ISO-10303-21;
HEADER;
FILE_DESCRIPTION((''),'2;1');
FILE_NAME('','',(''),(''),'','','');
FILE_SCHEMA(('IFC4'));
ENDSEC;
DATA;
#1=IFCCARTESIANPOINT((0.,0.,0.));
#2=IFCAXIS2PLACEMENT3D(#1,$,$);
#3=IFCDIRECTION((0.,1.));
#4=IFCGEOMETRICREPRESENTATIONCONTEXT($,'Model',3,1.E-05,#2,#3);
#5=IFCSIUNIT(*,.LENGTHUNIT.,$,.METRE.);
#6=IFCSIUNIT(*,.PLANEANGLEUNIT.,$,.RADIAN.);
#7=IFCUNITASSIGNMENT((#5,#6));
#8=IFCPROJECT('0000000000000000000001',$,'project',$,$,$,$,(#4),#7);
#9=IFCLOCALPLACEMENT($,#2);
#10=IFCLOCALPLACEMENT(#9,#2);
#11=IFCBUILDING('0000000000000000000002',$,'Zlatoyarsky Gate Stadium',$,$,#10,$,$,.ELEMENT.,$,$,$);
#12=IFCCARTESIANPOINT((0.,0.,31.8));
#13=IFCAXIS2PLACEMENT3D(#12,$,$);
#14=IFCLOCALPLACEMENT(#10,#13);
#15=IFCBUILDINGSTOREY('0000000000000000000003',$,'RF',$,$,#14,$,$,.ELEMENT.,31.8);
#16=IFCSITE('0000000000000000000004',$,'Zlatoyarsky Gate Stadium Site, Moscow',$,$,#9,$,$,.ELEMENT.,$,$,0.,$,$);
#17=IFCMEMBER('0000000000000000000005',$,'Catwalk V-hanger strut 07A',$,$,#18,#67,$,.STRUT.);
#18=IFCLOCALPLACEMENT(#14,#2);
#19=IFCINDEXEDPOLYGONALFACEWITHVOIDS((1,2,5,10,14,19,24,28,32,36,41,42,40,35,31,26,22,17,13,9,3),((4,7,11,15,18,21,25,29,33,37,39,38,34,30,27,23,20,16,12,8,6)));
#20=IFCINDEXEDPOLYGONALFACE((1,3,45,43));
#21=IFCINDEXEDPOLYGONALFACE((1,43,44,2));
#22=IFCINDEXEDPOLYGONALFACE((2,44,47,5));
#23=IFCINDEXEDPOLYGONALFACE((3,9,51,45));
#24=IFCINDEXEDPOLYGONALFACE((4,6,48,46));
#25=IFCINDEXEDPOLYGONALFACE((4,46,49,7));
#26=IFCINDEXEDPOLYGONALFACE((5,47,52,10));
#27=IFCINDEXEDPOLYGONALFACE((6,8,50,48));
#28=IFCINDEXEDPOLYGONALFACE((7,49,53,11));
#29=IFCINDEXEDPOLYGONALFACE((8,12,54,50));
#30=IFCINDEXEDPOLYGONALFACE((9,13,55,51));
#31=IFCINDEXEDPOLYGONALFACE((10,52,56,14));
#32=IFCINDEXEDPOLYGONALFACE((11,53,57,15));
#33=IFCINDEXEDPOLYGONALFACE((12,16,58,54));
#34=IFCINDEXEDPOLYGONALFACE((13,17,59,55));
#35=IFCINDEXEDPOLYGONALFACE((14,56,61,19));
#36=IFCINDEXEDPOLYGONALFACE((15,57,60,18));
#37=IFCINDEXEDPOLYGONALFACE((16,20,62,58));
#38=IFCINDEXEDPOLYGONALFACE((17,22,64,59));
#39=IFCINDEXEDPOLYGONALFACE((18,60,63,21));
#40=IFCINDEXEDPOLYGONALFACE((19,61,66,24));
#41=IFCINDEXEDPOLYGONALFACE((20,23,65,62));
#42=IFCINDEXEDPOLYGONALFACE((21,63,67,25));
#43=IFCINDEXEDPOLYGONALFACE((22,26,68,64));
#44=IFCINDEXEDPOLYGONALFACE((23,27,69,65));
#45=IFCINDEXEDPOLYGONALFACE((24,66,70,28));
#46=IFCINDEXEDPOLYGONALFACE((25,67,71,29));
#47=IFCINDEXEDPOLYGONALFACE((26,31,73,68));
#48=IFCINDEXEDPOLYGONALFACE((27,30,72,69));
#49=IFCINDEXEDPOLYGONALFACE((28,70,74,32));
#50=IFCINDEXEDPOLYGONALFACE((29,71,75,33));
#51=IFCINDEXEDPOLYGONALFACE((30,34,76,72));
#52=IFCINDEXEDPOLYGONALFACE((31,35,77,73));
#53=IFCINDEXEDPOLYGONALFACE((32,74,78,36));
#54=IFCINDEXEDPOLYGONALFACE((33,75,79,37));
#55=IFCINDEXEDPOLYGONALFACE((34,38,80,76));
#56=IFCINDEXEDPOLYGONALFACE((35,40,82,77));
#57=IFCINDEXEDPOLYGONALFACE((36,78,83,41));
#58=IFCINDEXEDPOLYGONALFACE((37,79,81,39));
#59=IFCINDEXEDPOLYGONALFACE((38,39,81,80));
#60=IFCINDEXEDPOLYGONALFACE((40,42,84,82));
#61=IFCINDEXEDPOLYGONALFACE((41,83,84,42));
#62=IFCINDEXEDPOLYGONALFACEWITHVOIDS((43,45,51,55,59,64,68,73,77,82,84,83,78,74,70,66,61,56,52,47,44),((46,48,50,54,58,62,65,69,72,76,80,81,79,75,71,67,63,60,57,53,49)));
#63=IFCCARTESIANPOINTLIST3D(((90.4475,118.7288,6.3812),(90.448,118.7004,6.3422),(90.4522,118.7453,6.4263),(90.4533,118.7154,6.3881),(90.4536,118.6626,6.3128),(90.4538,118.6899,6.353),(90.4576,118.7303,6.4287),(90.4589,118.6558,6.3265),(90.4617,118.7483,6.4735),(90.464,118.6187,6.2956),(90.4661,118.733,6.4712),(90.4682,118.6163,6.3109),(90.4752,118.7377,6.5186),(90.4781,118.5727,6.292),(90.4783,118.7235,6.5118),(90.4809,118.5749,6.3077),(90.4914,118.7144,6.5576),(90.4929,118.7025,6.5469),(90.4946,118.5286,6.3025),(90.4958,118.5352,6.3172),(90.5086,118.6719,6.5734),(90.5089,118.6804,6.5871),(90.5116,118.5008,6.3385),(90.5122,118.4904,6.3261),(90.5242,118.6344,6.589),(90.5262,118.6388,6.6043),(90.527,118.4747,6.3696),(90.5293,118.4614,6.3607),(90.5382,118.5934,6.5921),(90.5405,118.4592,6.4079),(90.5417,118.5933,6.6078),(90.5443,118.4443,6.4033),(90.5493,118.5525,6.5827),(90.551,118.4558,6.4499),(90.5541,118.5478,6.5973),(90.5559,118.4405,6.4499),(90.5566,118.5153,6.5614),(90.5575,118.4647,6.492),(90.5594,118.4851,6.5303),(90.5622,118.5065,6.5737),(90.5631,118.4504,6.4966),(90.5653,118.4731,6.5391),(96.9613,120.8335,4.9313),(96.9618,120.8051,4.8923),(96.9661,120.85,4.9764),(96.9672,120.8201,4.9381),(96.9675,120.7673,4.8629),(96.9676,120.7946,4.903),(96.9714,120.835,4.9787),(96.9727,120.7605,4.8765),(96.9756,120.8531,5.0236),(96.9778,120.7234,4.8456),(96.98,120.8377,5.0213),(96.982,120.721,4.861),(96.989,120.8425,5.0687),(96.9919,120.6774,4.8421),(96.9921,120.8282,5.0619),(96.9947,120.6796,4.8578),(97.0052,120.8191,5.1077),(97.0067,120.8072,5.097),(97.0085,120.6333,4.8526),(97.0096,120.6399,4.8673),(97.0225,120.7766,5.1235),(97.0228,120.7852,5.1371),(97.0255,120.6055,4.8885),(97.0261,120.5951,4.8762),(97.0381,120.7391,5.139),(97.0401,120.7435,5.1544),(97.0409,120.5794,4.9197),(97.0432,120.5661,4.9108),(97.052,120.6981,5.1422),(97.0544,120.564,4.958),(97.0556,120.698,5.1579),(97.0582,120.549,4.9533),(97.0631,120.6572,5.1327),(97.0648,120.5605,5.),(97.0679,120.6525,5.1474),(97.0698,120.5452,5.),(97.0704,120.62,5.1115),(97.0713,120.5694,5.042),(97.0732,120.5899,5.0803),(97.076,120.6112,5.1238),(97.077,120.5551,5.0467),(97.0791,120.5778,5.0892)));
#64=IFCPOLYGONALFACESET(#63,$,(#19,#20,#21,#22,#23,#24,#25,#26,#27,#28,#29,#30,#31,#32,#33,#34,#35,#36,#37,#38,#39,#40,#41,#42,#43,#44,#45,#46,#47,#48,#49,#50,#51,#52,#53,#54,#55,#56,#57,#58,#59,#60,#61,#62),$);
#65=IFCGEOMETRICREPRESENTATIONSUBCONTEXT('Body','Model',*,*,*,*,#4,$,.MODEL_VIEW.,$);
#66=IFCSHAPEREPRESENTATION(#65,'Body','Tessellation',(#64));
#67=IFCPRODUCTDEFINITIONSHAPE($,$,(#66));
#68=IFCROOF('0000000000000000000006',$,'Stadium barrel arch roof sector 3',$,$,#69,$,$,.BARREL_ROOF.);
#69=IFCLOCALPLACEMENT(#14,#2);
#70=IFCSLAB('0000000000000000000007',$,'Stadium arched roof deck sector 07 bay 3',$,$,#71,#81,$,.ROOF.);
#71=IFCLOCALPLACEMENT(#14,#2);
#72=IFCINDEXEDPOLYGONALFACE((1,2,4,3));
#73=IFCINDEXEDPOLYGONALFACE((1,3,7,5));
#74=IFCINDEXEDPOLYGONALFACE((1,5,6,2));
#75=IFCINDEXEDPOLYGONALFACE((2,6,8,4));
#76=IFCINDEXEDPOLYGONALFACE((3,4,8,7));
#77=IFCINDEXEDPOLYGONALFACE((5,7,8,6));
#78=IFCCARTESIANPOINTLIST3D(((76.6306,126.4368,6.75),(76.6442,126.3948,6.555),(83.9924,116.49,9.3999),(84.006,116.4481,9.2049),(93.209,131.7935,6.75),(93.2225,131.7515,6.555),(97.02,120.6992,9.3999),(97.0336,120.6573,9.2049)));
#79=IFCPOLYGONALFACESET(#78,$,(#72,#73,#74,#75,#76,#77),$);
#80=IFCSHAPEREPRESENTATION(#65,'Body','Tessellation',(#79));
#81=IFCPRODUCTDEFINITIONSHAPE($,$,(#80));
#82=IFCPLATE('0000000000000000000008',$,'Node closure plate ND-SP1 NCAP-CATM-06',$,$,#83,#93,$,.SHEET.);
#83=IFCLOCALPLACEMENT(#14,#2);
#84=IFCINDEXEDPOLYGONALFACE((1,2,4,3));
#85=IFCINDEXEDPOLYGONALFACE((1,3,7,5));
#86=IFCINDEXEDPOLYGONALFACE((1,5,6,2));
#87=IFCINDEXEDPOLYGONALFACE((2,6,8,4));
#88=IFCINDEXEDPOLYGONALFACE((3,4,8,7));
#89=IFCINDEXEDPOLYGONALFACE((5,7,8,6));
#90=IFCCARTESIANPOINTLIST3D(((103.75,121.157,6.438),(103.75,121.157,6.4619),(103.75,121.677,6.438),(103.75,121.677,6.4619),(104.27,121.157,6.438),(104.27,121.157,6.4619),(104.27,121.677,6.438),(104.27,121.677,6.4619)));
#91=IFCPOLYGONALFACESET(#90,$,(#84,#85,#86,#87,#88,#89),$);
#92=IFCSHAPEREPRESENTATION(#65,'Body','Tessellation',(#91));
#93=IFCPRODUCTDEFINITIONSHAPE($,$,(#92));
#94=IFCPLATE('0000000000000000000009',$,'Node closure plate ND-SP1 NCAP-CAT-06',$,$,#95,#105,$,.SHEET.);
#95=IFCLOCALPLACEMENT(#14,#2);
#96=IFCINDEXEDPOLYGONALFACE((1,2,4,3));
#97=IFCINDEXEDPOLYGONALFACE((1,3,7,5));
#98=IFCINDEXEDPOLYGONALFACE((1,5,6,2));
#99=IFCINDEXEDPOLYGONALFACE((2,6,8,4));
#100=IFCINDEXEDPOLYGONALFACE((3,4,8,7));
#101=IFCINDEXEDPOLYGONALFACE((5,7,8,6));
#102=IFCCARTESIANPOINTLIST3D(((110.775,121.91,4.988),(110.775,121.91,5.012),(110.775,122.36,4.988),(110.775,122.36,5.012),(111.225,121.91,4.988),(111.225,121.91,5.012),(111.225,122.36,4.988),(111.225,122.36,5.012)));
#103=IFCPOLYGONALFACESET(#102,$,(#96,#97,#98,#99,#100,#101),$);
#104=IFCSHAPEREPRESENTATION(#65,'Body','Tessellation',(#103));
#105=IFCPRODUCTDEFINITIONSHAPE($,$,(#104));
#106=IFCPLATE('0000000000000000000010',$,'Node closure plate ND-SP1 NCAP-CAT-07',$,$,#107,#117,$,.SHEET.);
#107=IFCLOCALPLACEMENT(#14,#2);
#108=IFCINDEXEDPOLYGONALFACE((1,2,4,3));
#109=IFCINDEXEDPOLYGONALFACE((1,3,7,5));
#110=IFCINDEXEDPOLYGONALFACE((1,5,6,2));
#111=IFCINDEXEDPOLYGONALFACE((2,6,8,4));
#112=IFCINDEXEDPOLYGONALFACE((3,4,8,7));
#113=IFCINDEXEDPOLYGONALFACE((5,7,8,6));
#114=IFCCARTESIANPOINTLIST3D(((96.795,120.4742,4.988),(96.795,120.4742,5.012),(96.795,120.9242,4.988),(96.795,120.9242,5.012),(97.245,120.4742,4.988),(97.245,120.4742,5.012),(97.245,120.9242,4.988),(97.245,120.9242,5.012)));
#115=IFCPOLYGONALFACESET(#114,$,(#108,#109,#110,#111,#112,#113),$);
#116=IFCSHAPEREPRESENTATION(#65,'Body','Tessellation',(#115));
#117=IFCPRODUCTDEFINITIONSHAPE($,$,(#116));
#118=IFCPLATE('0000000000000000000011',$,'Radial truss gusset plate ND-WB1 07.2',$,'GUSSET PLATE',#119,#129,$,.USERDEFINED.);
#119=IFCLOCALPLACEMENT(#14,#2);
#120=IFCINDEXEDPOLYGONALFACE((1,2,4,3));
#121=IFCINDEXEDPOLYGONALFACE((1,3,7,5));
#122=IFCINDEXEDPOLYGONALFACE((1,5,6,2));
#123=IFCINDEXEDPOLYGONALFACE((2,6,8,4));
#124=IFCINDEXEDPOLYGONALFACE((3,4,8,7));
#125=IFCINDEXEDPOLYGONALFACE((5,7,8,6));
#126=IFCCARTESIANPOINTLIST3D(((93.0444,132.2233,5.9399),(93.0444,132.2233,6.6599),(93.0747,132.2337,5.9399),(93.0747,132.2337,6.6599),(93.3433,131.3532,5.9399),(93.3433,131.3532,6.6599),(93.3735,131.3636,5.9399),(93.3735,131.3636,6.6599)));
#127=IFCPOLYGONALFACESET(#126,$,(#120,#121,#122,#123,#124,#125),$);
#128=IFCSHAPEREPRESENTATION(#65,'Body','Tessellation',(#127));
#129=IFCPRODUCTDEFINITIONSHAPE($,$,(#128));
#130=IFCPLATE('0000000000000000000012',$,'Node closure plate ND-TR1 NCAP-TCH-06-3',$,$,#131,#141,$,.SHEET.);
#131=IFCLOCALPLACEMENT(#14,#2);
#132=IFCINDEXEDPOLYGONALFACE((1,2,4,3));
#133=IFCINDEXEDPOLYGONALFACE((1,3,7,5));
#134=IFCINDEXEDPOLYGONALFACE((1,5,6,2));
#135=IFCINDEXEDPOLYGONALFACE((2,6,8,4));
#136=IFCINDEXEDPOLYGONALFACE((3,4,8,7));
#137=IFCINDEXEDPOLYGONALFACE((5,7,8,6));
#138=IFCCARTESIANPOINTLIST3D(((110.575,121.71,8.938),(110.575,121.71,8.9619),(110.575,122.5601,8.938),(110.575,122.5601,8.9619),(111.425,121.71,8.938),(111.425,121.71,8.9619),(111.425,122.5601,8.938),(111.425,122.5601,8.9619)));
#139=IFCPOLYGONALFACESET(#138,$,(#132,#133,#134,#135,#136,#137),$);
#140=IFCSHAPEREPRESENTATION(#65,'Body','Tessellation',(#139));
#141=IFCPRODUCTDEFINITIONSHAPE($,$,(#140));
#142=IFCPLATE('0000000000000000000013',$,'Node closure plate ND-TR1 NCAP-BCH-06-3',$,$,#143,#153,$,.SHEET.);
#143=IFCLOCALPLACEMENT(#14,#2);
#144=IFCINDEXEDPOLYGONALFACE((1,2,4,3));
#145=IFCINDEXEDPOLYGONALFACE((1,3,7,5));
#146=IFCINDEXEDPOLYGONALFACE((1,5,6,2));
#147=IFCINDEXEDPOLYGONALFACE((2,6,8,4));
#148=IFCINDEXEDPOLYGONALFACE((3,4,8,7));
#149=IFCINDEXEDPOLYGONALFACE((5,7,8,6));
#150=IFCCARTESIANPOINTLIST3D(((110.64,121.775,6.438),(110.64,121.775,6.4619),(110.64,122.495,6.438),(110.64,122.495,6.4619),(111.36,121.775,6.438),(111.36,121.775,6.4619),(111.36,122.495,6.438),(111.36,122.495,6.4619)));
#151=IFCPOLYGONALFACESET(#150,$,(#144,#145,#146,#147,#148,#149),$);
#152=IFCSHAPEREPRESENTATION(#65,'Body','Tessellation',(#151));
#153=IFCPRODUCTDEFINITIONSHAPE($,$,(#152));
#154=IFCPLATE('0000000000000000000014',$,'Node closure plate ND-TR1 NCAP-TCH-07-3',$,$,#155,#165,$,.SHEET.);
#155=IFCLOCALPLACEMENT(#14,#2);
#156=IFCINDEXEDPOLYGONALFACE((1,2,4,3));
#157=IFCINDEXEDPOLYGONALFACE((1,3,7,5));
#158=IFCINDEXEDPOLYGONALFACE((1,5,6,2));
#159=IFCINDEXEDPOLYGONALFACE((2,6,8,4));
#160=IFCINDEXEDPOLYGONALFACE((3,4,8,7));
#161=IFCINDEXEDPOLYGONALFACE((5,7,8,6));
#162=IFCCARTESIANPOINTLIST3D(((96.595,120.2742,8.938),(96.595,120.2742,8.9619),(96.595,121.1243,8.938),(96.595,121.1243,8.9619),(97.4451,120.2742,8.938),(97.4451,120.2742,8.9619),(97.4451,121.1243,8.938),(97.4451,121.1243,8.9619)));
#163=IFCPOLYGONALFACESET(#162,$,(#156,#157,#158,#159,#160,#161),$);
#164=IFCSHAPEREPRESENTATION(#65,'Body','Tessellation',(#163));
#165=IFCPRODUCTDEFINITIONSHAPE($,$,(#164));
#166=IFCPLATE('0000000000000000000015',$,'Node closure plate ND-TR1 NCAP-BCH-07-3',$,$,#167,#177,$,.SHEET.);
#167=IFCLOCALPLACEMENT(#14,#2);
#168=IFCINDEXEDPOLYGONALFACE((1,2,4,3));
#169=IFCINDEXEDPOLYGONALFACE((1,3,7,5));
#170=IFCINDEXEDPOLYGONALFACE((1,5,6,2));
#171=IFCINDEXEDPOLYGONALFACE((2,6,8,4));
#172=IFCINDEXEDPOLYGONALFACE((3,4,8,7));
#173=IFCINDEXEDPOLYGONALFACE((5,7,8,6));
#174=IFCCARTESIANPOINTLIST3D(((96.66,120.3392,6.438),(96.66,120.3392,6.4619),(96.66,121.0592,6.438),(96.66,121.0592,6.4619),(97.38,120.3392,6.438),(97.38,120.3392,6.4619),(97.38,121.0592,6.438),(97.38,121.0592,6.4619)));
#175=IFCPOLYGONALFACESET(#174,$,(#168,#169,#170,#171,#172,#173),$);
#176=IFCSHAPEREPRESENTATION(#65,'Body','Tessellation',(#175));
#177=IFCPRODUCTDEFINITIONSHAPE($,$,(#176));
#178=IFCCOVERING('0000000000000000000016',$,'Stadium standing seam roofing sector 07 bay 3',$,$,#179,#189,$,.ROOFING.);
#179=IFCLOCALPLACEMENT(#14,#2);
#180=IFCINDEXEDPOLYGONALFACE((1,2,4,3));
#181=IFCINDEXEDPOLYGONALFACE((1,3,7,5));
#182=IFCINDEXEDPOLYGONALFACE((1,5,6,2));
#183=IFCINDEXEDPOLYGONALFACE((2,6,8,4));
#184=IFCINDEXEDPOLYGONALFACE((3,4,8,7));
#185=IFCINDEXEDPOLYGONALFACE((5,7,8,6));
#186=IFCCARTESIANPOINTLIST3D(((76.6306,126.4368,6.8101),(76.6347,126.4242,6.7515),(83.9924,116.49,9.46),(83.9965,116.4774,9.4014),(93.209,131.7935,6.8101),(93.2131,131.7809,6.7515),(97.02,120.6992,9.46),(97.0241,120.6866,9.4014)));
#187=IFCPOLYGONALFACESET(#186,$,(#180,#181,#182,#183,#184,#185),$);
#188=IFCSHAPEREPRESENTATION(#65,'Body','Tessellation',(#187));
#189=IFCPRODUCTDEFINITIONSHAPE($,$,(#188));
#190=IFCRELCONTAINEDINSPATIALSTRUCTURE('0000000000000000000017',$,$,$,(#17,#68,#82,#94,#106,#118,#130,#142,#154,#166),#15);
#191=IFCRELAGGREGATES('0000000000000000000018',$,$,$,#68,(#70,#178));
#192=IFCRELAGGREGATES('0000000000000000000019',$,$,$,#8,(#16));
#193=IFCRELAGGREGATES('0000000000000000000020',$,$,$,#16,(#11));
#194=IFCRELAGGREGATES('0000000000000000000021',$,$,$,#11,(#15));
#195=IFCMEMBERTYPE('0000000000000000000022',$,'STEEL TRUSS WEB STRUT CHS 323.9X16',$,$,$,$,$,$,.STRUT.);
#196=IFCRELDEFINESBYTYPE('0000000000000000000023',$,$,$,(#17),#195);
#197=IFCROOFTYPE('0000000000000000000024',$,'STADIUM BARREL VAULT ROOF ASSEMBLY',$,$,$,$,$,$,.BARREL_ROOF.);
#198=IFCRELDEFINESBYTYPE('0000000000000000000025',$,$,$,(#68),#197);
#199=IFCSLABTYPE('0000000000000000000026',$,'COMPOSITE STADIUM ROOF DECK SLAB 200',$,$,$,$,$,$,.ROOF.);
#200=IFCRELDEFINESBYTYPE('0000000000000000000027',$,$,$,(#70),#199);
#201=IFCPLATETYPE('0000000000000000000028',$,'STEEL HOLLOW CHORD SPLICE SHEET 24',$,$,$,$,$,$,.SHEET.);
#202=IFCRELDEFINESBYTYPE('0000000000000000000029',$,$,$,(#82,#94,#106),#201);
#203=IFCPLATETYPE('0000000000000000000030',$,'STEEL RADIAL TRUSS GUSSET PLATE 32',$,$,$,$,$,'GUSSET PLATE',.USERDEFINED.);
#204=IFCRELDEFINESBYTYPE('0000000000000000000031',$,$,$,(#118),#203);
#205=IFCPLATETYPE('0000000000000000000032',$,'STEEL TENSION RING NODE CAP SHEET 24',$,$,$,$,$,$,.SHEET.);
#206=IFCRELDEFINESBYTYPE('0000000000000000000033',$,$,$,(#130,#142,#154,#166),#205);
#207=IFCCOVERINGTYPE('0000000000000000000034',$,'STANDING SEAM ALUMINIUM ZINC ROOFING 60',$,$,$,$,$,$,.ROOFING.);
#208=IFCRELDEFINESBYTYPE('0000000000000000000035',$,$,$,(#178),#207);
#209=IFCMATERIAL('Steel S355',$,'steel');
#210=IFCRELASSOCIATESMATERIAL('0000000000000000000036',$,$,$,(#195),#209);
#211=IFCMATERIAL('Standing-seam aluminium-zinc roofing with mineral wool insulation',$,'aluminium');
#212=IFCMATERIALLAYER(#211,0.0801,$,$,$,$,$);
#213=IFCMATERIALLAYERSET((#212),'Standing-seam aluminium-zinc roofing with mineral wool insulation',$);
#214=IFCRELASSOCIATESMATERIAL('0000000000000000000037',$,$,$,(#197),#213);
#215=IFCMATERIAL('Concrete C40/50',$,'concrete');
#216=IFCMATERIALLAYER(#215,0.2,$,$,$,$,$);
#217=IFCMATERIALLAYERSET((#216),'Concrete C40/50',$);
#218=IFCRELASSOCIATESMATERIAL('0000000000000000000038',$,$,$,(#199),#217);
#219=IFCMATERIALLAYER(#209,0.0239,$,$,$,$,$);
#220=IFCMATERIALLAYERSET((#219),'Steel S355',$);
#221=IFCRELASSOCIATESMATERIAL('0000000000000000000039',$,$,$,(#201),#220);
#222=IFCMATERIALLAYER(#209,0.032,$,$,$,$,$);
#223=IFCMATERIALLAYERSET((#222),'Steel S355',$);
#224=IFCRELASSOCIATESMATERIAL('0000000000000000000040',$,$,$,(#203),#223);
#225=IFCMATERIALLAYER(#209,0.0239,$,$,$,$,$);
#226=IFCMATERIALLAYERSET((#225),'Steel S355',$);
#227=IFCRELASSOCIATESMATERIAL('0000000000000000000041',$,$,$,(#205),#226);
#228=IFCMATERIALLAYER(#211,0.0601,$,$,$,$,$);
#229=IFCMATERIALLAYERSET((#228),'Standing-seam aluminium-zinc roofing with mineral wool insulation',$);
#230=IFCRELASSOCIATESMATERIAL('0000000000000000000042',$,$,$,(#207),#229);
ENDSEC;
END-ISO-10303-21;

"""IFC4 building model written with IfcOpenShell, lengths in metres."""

from ifc_helpers import new_model, si_unit, direction, frame, origin, origin_2d, place, context, subcontext, project, spatial, polyline, rectangle, hollow_circle, outline, extrude, material, layer, layer_set, material_profile, profile_set, type_object, element, aggregate, save


model = new_model("IFC4")

# Units and contexts
model_context = context("Model", 3, precision=1e-05, world=origin(), true_north=direction((0.0, 1.0)))
body_context = subcontext(model_context, "Body", "Model", "MODEL_VIEW")
ifc_project = project(units=[si_unit("LENGTHUNIT", "METRE"), si_unit("PLANEANGLEUNIT", "RADIAN")], contexts=[model_context])

# Site, building, storey
site_placement = place(None, origin())
site = spatial("IfcSite", under=ifc_project, at=site_placement, Name="Zlatoyarsky Gate Stadium Site, Moscow", CompositionType="ELEMENT", RefElevation=0.0)
building_placement = place(site_placement, origin())
building = spatial("IfcBuilding", under=site, at=building_placement, Name="Zlatoyarsky Gate Stadium", CompositionType="ELEMENT")
storey_placement = place(building_placement, frame((0.0, 0.0, 31.8)))
storey = spatial("IfcBuildingStorey", under=building, at=storey_placement, Name="RF", CompositionType="ELEMENT", Elevation=31.8)

# Shared definitions
ifc_material_1 = material(Name="Steel S355", Category="steel")

# Member
ifc_material_profile_1 = material_profile(ifc_material_1, hollow_circle(Radius=0.1619, WallThickness=0.0161, at=origin_2d()), Name="CHS 323.9X16")
ifc_profile_set_1 = profile_set([ifc_material_profile_1], Name="Steel S355")
member_type_1 = type_object("IfcMemberType", Name="STEEL TRUSS WEB STRUT CHS 323.9X16", PredefinedType="STRUT", material=ifc_profile_set_1)
member_1_placement = place(storey_placement, frame((97.02, 120.6992, 5.0), z_axis=(-0.930907, -0.300789, 0.207213), x_axis=(0.307462, -0.95156, 0.0)))
element("IfcMember", 1, at=member_1_placement, inside=storey, type_object=member_type_1, Name="Catwalk V-hanger strut 07A", PredefinedType="STRUT", context=body_context, shape_type="SweptSolid", body=[
    extrude(hollow_circle(Radius=0.1619, WallThickness=0.0161, at=origin_2d()), origin(), (0.0, 0.0, 1.0), 6.9973),
])

# Roof, slab
ifc_material_2 = material(Name="Standing-seam aluminium-zinc roofing with mineral wool insulation", Category="aluminium")
ifc_layer_1 = layer(ifc_material_2, 0.0801)
ifc_layer_set_1 = layer_set([ifc_layer_1], Name="Standing-seam aluminium-zinc roofing with mineral wool insulation")
roof_type = type_object("IfcRoofType", Name="STADIUM BARREL VAULT ROOF ASSEMBLY", PredefinedType="BARREL_ROOF", material=ifc_layer_set_1)
roof_placement = place(storey_placement, origin())
roof = element("IfcRoof", 2, at=roof_placement, inside=storey, type_object=roof_type, Name="Stadium barrel arch roof sector 3", PredefinedType="BARREL_ROOF")
ifc_material_3 = material(Name="Concrete C40/50", Category="concrete")
ifc_layer_2 = layer(ifc_material_3, 0.2)
ifc_layer_set_2 = layer_set([ifc_layer_2], Name="Concrete C40/50")
slab_type = type_object("IfcSlabType", Name="COMPOSITE STADIUM ROOF DECK SLAB 200", PredefinedType="ROOF", material=ifc_layer_set_2)
slab_placement = place(storey_placement, frame((93.209, 131.7935, 6.75), z_axis=(-0.067758, 0.209707, 0.975414), x_axis=(-0.951561, -0.307461, 0.000001)))
slab = element("IfcSlab", 3, at=slab_placement, type_object=slab_type, Name="Stadium arched roof deck sector 07 bay 3", PredefinedType="ROOF", context=body_context, shape_type="SweptSolid", body=[
    extrude(outline(polyline([(0.0, 0.0), (17.4223, 0.0), (13.4753, 12.0241), (-0.2154, 12.0242), (0.0, 0.0)])), origin(), (0.0, 0.0, -1.0), 0.2),
])

# Plates
ifc_layer_3 = layer(ifc_material_1, 0.0239)
ifc_layer_set_3 = layer_set([ifc_layer_3], Name="Steel S355")
plate_type_1 = type_object("IfcPlateType", Name="STEEL HOLLOW CHORD SPLICE SHEET 24", PredefinedType="SHEET", material=ifc_layer_set_3)
plate_1_placement = place(storey_placement, frame((104.01, 121.417, 6.438), z_axis=(0.0, 0.0, 1.0), x_axis=(1.0, 0.0, 0.0)))
element("IfcPlate", 4, at=plate_1_placement, inside=storey, type_object=plate_type_1, Name="Node closure plate ND-SP1 NCAP-CATM-06", PredefinedType="SHEET", context=body_context, shape_type="SweptSolid", body=[
    extrude(rectangle(XDim=0.52, YDim=0.52, at=origin_2d()), origin(), (0.0, 0.0, 1.0), 0.0239),
])
for number, where, z_axis, x_axis, name in (
    (5, (111.0, 122.135, 4.988), (0.0, 0.0, 1.0), (1.0, 0.0, 0.0), "Node closure plate ND-SP1 NCAP-CAT-06"),
    (6, (97.02, 120.6992, 4.988), (0.0, 0.0, 1.0), (1.0, 0.0, 0.0), "Node closure plate ND-SP1 NCAP-CAT-07"),
):
    element("IfcPlate", number, at=place(storey_placement, frame(where, z_axis=z_axis, x_axis=x_axis)), inside=storey, type_object=plate_type_1, Name=name, PredefinedType="SHEET", context=body_context, shape_type="SweptSolid", body=[
        extrude(rectangle(XDim=0.45, YDim=0.45, at=origin_2d()), origin(), (0.0, 0.0, 1.0), 0.0239),
    ])
ifc_layer_4 = layer(ifc_material_1, 0.032)
ifc_layer_set_4 = layer_set([ifc_layer_4], Name="Steel S355")
plate_type_2 = type_object("IfcPlateType", Name="STEEL RADIAL TRUSS GUSSET PLATE 32", ElementType="GUSSET PLATE", PredefinedType="USERDEFINED", material=ifc_layer_set_4)
plate_2_placement = place(storey_placement, frame((93.209, 131.7935, 5.9399), z_axis=(0.0, 0.0, 1.0), x_axis=(0.324867, -0.94576, 0.0)))
element("IfcPlate", 7, at=plate_2_placement, inside=storey, type_object=plate_type_2, Name="Radial truss gusset plate ND-WB1 07.2", ObjectType="GUSSET PLATE", PredefinedType="USERDEFINED", context=body_context, shape_type="SweptSolid", body=[
    extrude(rectangle(XDim=0.9199, YDim=0.032, at=origin_2d()), origin(), (0.0, 0.0, 1.0), 0.72),
])
ifc_layer_5 = layer(ifc_material_1, 0.0239)
ifc_layer_set_5 = layer_set([ifc_layer_5], Name="Steel S355")
plate_type_3 = type_object("IfcPlateType", Name="STEEL TENSION RING NODE CAP SHEET 24", PredefinedType="SHEET", material=ifc_layer_set_5)
plate_3_placement = place(storey_placement, frame((111.0, 122.135, 8.938), z_axis=(0.0, 0.0, 1.0), x_axis=(1.0, 0.0, 0.0)))
element("IfcPlate", 8, at=plate_3_placement, inside=storey, type_object=plate_type_3, Name="Node closure plate ND-TR1 NCAP-TCH-06-3", PredefinedType="SHEET", context=body_context, shape_type="SweptSolid", body=[
    extrude(rectangle(XDim=0.8501, YDim=0.8501, at=origin_2d()), origin(), (0.0, 0.0, 1.0), 0.0239),
])
plate_4_placement = place(storey_placement, frame((111.0, 122.135, 6.438), z_axis=(0.0, 0.0, 1.0), x_axis=(1.0, 0.0, 0.0)))
element("IfcPlate", 9, at=plate_4_placement, inside=storey, type_object=plate_type_3, Name="Node closure plate ND-TR1 NCAP-BCH-06-3", PredefinedType="SHEET", context=body_context, shape_type="SweptSolid", body=[
    extrude(rectangle(XDim=0.72, YDim=0.72, at=origin_2d()), origin(), (0.0, 0.0, 1.0), 0.0239),
])
plate_5_placement = place(storey_placement, frame((97.02, 120.6992, 8.938), z_axis=(0.0, 0.0, 1.0), x_axis=(1.0, 0.0, 0.0)))
element("IfcPlate", 10, at=plate_5_placement, inside=storey, type_object=plate_type_3, Name="Node closure plate ND-TR1 NCAP-TCH-07-3", PredefinedType="SHEET", context=body_context, shape_type="SweptSolid", body=[
    extrude(rectangle(XDim=0.8501, YDim=0.8501, at=origin_2d()), origin(), (0.0, 0.0, 1.0), 0.0239),
])
plate_6_placement = place(storey_placement, frame((97.02, 120.6992, 6.438), z_axis=(0.0, 0.0, 1.0), x_axis=(1.0, 0.0, 0.0)))
element("IfcPlate", 11, at=plate_6_placement, inside=storey, type_object=plate_type_3, Name="Node closure plate ND-TR1 NCAP-BCH-07-3", PredefinedType="SHEET", context=body_context, shape_type="SweptSolid", body=[
    extrude(rectangle(XDim=0.72, YDim=0.72, at=origin_2d()), origin(), (0.0, 0.0, 1.0), 0.0239),
])

# Covering
ifc_layer_6 = layer(ifc_material_2, 0.0601)
ifc_layer_set_6 = layer_set([ifc_layer_6], Name="Standing-seam aluminium-zinc roofing with mineral wool insulation")
covering_type = type_object("IfcCoveringType", Name="STANDING SEAM ALUMINIUM ZINC ROOFING 60", PredefinedType="ROOFING", material=ifc_layer_set_6)
covering_placement = place(storey_placement, frame((93.209, 131.7935, 6.8101), z_axis=(-0.067758, 0.209707, 0.975414), x_axis=(-0.951561, -0.307461, 0.000001)))
covering = element("IfcCovering", 12, at=covering_placement, type_object=covering_type, Name="Stadium standing seam roofing sector 07 bay 3", PredefinedType="ROOFING", context=body_context, shape_type="SweptSolid", body=[
    extrude(outline(polyline([(0.0, 0.0), (17.4223, 0.0), (13.4753, 12.0241), (-0.2154, 12.0242), (0.0, 0.0)])), origin(), (0.0, 0.0, -1.0), 0.0601),
])
aggregate(roof, [slab, covering])

save(model, "model.ifc")
